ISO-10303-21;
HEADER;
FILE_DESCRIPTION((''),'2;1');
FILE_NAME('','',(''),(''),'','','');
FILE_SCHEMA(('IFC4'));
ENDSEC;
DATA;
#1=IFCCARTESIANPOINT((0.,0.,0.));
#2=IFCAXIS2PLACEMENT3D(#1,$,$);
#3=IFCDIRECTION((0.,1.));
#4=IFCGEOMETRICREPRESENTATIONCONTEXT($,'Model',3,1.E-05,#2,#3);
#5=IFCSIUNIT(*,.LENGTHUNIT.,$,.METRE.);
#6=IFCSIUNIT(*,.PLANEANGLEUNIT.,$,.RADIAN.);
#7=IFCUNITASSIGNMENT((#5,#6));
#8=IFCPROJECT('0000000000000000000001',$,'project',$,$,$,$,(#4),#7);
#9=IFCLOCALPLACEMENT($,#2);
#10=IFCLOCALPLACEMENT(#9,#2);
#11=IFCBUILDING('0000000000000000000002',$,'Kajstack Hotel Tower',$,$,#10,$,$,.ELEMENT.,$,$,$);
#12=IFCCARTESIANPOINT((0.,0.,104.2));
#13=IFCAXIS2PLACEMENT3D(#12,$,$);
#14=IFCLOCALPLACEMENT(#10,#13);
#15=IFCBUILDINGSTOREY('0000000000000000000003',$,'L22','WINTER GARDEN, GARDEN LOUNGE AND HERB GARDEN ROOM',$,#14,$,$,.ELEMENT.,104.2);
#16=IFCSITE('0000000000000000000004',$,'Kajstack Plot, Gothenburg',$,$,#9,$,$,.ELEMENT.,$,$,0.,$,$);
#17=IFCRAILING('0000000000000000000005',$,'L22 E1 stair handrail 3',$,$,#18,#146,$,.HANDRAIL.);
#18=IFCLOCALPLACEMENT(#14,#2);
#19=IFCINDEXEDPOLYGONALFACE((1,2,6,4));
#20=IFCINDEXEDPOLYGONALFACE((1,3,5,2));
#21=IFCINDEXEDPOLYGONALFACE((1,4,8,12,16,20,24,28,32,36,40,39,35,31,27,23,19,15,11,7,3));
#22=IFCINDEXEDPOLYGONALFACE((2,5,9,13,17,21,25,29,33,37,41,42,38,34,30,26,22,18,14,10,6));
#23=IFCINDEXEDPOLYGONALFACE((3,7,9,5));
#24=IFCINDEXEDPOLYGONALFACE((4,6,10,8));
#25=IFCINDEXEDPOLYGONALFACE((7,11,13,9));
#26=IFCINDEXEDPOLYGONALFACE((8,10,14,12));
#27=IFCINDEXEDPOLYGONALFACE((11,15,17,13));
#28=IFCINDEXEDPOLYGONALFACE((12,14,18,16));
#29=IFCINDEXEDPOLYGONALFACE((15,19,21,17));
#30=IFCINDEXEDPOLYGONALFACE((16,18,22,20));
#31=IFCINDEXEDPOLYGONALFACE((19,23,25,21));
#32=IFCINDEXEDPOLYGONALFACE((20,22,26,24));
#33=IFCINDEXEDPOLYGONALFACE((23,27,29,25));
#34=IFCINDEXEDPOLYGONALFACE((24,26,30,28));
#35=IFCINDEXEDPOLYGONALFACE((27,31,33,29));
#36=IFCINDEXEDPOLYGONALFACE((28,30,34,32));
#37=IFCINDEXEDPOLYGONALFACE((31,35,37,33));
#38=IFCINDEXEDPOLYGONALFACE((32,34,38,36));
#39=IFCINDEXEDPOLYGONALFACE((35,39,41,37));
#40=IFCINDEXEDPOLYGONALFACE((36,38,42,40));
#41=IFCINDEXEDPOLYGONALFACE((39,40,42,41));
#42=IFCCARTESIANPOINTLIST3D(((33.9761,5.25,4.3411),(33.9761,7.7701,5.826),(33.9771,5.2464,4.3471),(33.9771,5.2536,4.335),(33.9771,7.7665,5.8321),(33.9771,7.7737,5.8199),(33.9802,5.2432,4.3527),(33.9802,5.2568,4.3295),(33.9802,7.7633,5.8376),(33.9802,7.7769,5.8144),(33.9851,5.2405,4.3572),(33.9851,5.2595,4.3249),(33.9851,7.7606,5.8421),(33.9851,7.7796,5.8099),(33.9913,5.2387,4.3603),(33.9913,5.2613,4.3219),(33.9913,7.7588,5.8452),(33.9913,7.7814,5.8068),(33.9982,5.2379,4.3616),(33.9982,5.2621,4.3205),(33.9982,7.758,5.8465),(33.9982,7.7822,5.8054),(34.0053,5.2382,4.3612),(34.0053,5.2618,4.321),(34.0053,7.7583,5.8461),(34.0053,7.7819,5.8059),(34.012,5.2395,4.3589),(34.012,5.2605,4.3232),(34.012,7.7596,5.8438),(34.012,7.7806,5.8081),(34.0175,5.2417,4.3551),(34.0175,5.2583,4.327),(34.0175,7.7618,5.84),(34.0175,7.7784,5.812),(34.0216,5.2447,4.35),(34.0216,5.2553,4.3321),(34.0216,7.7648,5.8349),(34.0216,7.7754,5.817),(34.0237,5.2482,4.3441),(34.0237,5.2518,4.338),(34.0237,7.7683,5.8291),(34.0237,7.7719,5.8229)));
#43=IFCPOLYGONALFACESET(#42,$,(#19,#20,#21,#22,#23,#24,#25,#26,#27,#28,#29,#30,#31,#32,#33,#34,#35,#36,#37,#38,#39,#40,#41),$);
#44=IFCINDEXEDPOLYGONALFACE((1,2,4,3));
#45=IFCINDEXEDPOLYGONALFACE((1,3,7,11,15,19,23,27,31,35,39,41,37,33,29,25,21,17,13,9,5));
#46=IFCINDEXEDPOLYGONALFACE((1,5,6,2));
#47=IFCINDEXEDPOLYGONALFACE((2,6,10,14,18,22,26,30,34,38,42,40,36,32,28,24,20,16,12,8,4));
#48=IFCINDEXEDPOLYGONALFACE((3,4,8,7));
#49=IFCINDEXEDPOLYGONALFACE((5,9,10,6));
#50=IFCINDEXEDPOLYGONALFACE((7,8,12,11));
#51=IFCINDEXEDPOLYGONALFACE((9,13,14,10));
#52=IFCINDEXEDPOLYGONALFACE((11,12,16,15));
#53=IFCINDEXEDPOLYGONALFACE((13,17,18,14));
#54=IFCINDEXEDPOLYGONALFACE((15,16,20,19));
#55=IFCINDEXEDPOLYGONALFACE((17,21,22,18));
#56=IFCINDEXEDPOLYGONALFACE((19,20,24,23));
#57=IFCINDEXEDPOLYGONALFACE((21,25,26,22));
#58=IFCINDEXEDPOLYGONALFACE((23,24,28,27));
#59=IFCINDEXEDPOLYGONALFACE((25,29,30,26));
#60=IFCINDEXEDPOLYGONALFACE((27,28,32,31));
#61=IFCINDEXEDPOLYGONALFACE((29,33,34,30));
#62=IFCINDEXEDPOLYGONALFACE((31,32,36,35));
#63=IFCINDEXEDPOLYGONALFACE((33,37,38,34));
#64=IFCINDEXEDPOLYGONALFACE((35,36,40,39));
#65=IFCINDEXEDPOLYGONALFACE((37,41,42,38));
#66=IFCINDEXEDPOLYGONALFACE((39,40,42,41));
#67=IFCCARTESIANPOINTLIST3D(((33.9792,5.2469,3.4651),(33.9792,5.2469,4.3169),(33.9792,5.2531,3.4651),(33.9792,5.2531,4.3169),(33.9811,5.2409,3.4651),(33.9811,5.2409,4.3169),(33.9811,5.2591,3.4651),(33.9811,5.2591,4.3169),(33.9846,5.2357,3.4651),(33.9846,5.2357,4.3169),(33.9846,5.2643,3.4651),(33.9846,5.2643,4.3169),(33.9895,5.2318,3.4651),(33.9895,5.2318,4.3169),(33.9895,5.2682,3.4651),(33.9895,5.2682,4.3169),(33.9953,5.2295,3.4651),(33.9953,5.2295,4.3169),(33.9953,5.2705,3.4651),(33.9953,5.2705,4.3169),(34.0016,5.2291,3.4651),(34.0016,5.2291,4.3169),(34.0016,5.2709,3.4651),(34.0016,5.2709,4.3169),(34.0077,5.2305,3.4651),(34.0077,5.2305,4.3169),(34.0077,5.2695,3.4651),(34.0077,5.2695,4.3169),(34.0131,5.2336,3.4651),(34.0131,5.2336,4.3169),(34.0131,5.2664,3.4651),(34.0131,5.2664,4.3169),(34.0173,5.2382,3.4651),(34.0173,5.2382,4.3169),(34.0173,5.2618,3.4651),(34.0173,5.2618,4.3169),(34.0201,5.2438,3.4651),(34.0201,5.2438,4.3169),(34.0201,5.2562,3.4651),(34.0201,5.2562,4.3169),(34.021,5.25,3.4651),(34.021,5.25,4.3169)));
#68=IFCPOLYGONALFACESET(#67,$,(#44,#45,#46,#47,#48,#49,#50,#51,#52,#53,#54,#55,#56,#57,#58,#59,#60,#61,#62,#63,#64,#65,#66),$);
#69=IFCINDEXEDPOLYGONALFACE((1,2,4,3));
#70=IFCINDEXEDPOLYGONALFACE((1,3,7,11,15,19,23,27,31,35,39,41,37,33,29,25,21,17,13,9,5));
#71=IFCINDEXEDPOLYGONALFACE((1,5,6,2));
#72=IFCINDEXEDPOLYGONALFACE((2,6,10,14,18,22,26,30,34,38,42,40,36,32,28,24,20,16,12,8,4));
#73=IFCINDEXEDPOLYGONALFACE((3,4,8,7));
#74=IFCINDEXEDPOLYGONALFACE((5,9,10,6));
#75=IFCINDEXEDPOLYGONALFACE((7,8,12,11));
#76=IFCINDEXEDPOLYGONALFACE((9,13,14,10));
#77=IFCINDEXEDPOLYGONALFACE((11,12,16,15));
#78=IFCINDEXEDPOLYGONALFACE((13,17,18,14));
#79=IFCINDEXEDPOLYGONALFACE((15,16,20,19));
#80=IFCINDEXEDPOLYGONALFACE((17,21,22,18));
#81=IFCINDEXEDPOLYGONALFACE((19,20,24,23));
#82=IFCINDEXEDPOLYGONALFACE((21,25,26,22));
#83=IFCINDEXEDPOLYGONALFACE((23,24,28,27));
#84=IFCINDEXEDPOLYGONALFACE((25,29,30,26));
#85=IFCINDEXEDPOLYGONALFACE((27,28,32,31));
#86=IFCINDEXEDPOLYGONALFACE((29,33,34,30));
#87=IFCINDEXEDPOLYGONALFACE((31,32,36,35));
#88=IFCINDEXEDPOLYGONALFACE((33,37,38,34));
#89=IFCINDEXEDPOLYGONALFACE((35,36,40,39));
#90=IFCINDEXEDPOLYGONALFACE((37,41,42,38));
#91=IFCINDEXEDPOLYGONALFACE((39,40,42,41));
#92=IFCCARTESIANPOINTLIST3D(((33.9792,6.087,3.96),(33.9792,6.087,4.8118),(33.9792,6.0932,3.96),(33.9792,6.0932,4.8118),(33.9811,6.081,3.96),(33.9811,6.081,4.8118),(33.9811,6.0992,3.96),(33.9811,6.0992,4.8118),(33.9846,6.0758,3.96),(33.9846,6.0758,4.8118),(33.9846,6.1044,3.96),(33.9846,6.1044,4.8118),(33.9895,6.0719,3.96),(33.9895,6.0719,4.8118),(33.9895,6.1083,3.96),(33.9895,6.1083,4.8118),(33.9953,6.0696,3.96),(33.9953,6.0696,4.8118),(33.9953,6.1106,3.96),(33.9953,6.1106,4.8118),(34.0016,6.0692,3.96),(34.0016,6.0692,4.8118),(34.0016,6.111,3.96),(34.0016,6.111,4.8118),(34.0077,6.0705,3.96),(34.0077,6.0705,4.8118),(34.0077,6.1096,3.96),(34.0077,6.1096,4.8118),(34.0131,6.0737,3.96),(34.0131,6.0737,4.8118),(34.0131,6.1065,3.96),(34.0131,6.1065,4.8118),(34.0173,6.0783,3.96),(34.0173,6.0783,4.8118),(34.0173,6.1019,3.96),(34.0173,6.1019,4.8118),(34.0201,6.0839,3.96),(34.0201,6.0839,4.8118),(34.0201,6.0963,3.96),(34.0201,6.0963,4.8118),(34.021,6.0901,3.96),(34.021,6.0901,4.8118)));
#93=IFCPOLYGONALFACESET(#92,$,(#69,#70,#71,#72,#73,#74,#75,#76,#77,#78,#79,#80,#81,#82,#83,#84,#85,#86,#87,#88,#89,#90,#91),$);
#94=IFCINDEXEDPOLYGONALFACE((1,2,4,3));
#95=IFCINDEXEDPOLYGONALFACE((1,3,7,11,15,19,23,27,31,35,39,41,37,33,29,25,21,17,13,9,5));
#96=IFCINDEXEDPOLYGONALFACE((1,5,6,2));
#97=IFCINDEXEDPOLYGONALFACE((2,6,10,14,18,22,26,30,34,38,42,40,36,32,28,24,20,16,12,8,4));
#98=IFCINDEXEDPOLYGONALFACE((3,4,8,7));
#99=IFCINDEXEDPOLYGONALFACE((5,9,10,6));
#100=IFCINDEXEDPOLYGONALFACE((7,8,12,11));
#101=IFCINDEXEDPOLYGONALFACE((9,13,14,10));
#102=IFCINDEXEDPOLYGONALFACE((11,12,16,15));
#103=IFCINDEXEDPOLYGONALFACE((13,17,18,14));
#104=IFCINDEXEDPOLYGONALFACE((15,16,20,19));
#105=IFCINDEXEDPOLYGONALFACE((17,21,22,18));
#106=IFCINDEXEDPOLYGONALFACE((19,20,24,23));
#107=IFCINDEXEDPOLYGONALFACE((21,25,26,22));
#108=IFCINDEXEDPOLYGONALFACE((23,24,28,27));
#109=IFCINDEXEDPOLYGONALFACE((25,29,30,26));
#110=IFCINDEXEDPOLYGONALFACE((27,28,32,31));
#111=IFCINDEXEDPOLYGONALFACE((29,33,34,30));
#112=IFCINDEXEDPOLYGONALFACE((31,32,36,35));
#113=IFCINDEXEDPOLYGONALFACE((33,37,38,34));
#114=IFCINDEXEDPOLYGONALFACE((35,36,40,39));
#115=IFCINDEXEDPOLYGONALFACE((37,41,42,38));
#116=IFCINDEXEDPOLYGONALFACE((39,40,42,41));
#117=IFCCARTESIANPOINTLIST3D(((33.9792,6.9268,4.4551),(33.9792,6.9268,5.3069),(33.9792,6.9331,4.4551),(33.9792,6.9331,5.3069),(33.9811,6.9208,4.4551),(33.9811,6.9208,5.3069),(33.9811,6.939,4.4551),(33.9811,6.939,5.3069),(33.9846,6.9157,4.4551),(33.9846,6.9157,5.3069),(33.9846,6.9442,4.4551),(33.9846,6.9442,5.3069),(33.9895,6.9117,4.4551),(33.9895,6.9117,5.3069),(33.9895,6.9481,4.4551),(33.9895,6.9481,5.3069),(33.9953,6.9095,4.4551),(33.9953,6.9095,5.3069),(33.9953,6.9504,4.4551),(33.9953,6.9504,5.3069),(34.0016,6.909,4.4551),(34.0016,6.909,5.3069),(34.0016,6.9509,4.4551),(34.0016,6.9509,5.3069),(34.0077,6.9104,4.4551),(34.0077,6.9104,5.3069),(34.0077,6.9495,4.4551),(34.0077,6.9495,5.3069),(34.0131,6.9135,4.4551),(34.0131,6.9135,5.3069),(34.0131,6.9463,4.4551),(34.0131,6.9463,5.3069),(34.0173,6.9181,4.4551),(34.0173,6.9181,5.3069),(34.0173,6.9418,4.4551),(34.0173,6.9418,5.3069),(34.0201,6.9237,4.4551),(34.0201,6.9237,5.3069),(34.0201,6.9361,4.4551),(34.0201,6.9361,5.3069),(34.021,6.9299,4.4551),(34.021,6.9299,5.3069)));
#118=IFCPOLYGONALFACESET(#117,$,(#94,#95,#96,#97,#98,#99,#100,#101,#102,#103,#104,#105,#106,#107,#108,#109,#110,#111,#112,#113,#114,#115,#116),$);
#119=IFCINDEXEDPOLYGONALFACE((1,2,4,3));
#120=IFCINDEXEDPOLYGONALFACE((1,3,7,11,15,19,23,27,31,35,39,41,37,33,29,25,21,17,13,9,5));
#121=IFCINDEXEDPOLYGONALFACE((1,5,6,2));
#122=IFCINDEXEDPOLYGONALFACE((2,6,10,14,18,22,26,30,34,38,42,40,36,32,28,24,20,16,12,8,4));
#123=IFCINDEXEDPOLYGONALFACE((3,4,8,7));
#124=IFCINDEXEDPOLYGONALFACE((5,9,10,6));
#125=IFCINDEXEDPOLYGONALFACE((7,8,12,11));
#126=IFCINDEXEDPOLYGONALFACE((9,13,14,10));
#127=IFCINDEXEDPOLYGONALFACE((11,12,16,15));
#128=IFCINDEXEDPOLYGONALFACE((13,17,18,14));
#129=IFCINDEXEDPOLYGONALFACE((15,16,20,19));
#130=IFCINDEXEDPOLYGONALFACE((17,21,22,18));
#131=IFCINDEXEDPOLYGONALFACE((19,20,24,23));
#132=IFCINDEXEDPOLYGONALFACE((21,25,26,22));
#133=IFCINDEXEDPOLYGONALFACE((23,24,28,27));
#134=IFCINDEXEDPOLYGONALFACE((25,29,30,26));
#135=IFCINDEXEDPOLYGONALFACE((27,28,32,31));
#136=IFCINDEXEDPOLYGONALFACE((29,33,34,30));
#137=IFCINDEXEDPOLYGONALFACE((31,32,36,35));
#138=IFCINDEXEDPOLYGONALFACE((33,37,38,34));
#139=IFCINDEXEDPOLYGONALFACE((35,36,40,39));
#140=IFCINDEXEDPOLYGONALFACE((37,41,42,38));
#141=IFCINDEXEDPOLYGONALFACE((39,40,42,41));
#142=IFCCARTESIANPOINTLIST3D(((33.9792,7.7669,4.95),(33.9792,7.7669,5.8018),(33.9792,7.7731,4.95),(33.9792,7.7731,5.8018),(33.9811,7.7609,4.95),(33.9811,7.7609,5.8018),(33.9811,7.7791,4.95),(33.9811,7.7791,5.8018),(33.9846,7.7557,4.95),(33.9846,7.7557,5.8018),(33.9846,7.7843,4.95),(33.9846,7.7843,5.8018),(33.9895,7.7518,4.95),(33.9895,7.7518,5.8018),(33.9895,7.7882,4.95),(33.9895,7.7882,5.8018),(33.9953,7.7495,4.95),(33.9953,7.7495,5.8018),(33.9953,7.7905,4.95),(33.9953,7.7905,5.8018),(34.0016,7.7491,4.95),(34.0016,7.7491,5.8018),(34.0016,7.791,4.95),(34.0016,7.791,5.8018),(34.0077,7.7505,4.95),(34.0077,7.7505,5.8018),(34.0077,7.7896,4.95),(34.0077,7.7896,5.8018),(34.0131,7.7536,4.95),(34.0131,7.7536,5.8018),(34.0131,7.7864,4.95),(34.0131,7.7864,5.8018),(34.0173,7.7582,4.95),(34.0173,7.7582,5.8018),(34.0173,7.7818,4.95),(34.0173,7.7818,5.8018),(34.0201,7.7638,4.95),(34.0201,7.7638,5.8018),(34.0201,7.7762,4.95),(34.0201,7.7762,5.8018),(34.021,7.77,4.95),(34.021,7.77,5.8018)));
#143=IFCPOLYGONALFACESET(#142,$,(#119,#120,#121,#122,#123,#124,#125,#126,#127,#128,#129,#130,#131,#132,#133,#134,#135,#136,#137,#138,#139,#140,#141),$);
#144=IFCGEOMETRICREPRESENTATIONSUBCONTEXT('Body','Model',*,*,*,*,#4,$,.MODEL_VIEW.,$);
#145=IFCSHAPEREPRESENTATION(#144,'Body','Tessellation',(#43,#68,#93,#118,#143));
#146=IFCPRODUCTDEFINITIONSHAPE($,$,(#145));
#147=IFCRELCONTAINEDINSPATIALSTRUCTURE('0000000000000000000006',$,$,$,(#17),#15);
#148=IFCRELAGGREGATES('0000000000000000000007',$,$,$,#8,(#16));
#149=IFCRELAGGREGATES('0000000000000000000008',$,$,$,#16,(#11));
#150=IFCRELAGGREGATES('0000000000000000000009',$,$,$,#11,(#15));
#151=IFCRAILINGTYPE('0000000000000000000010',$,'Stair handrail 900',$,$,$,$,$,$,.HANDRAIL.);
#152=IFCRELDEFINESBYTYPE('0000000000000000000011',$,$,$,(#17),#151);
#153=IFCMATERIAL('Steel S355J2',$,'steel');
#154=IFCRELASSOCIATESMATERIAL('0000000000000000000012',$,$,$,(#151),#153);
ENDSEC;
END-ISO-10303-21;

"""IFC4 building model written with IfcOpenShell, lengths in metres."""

from ifc_helpers import new_model, si_unit, direction, frame, origin, origin_2d, place, context, subcontext, project, spatial, circle, extrude, material, type_object, element, save


model = new_model("IFC4")

# Units and contexts
model_context = context("Model", 3, precision=1e-05, world=origin(), true_north=direction((0.0, 1.0)))
body_context = subcontext(model_context, "Body", "Model", "MODEL_VIEW")
ifc_project = project(units=[si_unit("LENGTHUNIT", "METRE"), si_unit("PLANEANGLEUNIT", "RADIAN")], contexts=[model_context])

# Site, building, storey
site_placement = place(None, origin())
site = spatial("IfcSite", under=ifc_project, at=site_placement, Name="Kajstack Plot, Gothenburg", CompositionType="ELEMENT", RefElevation=0.0)
building_placement = place(site_placement, origin())
building = spatial("IfcBuilding", under=site, at=building_placement, Name="Kajstack Hotel Tower", CompositionType="ELEMENT")
storey_placement = place(building_placement, frame((0.0, 0.0, 104.2)))
storey = spatial("IfcBuildingStorey", under=building, at=storey_placement, Name="L22", Description="WINTER GARDEN, GARDEN LOUNGE AND HERB GARDEN ROOM", CompositionType="ELEMENT", Elevation=104.2)

# Railing
ifc_material_1 = material(Name="Steel S355J2", Category="steel")
railing_type = type_object("IfcRailingType", Name="Stair handrail 900", PredefinedType="HANDRAIL", material=ifc_material_1)
railing_1_placement = place(storey_placement, frame((34.0, 5.25, 3.4651)))
element("IfcRailing", 1, at=railing_1_placement, inside=storey, type_object=railing_type, Name="L22 E1 stair handrail 3", PredefinedType="HANDRAIL", context=body_context, shape_type="SweptSolid", body=[
    extrude(circle(Radius=0.0239, at=origin_2d()), frame((0.0, 0.0, 0.876), z_axis=(0.0, 0.861561, 0.507655), x_axis=(-1.0, 0.0, 0.0)), (0.0, 0.0, 1.0), 2.925),
    extrude(circle(Radius=0.021, at=origin_2d()), origin(), (0.0, 0.0, 1.0), 0.8518),
    extrude(circle(Radius=0.021, at=origin_2d()), frame((0.0, 0.8401, 0.4949)), (0.0, 0.0, 1.0), 0.8518),
    extrude(circle(Radius=0.021, at=origin_2d()), frame((0.0, 1.6799, 0.99)), (0.0, 0.0, 1.0), 0.8518),
    extrude(circle(Radius=0.021, at=origin_2d()), frame((0.0, 2.52, 1.4849)), (0.0, 0.0, 1.0), 0.8518),
])

save(model, "model.ifc")
